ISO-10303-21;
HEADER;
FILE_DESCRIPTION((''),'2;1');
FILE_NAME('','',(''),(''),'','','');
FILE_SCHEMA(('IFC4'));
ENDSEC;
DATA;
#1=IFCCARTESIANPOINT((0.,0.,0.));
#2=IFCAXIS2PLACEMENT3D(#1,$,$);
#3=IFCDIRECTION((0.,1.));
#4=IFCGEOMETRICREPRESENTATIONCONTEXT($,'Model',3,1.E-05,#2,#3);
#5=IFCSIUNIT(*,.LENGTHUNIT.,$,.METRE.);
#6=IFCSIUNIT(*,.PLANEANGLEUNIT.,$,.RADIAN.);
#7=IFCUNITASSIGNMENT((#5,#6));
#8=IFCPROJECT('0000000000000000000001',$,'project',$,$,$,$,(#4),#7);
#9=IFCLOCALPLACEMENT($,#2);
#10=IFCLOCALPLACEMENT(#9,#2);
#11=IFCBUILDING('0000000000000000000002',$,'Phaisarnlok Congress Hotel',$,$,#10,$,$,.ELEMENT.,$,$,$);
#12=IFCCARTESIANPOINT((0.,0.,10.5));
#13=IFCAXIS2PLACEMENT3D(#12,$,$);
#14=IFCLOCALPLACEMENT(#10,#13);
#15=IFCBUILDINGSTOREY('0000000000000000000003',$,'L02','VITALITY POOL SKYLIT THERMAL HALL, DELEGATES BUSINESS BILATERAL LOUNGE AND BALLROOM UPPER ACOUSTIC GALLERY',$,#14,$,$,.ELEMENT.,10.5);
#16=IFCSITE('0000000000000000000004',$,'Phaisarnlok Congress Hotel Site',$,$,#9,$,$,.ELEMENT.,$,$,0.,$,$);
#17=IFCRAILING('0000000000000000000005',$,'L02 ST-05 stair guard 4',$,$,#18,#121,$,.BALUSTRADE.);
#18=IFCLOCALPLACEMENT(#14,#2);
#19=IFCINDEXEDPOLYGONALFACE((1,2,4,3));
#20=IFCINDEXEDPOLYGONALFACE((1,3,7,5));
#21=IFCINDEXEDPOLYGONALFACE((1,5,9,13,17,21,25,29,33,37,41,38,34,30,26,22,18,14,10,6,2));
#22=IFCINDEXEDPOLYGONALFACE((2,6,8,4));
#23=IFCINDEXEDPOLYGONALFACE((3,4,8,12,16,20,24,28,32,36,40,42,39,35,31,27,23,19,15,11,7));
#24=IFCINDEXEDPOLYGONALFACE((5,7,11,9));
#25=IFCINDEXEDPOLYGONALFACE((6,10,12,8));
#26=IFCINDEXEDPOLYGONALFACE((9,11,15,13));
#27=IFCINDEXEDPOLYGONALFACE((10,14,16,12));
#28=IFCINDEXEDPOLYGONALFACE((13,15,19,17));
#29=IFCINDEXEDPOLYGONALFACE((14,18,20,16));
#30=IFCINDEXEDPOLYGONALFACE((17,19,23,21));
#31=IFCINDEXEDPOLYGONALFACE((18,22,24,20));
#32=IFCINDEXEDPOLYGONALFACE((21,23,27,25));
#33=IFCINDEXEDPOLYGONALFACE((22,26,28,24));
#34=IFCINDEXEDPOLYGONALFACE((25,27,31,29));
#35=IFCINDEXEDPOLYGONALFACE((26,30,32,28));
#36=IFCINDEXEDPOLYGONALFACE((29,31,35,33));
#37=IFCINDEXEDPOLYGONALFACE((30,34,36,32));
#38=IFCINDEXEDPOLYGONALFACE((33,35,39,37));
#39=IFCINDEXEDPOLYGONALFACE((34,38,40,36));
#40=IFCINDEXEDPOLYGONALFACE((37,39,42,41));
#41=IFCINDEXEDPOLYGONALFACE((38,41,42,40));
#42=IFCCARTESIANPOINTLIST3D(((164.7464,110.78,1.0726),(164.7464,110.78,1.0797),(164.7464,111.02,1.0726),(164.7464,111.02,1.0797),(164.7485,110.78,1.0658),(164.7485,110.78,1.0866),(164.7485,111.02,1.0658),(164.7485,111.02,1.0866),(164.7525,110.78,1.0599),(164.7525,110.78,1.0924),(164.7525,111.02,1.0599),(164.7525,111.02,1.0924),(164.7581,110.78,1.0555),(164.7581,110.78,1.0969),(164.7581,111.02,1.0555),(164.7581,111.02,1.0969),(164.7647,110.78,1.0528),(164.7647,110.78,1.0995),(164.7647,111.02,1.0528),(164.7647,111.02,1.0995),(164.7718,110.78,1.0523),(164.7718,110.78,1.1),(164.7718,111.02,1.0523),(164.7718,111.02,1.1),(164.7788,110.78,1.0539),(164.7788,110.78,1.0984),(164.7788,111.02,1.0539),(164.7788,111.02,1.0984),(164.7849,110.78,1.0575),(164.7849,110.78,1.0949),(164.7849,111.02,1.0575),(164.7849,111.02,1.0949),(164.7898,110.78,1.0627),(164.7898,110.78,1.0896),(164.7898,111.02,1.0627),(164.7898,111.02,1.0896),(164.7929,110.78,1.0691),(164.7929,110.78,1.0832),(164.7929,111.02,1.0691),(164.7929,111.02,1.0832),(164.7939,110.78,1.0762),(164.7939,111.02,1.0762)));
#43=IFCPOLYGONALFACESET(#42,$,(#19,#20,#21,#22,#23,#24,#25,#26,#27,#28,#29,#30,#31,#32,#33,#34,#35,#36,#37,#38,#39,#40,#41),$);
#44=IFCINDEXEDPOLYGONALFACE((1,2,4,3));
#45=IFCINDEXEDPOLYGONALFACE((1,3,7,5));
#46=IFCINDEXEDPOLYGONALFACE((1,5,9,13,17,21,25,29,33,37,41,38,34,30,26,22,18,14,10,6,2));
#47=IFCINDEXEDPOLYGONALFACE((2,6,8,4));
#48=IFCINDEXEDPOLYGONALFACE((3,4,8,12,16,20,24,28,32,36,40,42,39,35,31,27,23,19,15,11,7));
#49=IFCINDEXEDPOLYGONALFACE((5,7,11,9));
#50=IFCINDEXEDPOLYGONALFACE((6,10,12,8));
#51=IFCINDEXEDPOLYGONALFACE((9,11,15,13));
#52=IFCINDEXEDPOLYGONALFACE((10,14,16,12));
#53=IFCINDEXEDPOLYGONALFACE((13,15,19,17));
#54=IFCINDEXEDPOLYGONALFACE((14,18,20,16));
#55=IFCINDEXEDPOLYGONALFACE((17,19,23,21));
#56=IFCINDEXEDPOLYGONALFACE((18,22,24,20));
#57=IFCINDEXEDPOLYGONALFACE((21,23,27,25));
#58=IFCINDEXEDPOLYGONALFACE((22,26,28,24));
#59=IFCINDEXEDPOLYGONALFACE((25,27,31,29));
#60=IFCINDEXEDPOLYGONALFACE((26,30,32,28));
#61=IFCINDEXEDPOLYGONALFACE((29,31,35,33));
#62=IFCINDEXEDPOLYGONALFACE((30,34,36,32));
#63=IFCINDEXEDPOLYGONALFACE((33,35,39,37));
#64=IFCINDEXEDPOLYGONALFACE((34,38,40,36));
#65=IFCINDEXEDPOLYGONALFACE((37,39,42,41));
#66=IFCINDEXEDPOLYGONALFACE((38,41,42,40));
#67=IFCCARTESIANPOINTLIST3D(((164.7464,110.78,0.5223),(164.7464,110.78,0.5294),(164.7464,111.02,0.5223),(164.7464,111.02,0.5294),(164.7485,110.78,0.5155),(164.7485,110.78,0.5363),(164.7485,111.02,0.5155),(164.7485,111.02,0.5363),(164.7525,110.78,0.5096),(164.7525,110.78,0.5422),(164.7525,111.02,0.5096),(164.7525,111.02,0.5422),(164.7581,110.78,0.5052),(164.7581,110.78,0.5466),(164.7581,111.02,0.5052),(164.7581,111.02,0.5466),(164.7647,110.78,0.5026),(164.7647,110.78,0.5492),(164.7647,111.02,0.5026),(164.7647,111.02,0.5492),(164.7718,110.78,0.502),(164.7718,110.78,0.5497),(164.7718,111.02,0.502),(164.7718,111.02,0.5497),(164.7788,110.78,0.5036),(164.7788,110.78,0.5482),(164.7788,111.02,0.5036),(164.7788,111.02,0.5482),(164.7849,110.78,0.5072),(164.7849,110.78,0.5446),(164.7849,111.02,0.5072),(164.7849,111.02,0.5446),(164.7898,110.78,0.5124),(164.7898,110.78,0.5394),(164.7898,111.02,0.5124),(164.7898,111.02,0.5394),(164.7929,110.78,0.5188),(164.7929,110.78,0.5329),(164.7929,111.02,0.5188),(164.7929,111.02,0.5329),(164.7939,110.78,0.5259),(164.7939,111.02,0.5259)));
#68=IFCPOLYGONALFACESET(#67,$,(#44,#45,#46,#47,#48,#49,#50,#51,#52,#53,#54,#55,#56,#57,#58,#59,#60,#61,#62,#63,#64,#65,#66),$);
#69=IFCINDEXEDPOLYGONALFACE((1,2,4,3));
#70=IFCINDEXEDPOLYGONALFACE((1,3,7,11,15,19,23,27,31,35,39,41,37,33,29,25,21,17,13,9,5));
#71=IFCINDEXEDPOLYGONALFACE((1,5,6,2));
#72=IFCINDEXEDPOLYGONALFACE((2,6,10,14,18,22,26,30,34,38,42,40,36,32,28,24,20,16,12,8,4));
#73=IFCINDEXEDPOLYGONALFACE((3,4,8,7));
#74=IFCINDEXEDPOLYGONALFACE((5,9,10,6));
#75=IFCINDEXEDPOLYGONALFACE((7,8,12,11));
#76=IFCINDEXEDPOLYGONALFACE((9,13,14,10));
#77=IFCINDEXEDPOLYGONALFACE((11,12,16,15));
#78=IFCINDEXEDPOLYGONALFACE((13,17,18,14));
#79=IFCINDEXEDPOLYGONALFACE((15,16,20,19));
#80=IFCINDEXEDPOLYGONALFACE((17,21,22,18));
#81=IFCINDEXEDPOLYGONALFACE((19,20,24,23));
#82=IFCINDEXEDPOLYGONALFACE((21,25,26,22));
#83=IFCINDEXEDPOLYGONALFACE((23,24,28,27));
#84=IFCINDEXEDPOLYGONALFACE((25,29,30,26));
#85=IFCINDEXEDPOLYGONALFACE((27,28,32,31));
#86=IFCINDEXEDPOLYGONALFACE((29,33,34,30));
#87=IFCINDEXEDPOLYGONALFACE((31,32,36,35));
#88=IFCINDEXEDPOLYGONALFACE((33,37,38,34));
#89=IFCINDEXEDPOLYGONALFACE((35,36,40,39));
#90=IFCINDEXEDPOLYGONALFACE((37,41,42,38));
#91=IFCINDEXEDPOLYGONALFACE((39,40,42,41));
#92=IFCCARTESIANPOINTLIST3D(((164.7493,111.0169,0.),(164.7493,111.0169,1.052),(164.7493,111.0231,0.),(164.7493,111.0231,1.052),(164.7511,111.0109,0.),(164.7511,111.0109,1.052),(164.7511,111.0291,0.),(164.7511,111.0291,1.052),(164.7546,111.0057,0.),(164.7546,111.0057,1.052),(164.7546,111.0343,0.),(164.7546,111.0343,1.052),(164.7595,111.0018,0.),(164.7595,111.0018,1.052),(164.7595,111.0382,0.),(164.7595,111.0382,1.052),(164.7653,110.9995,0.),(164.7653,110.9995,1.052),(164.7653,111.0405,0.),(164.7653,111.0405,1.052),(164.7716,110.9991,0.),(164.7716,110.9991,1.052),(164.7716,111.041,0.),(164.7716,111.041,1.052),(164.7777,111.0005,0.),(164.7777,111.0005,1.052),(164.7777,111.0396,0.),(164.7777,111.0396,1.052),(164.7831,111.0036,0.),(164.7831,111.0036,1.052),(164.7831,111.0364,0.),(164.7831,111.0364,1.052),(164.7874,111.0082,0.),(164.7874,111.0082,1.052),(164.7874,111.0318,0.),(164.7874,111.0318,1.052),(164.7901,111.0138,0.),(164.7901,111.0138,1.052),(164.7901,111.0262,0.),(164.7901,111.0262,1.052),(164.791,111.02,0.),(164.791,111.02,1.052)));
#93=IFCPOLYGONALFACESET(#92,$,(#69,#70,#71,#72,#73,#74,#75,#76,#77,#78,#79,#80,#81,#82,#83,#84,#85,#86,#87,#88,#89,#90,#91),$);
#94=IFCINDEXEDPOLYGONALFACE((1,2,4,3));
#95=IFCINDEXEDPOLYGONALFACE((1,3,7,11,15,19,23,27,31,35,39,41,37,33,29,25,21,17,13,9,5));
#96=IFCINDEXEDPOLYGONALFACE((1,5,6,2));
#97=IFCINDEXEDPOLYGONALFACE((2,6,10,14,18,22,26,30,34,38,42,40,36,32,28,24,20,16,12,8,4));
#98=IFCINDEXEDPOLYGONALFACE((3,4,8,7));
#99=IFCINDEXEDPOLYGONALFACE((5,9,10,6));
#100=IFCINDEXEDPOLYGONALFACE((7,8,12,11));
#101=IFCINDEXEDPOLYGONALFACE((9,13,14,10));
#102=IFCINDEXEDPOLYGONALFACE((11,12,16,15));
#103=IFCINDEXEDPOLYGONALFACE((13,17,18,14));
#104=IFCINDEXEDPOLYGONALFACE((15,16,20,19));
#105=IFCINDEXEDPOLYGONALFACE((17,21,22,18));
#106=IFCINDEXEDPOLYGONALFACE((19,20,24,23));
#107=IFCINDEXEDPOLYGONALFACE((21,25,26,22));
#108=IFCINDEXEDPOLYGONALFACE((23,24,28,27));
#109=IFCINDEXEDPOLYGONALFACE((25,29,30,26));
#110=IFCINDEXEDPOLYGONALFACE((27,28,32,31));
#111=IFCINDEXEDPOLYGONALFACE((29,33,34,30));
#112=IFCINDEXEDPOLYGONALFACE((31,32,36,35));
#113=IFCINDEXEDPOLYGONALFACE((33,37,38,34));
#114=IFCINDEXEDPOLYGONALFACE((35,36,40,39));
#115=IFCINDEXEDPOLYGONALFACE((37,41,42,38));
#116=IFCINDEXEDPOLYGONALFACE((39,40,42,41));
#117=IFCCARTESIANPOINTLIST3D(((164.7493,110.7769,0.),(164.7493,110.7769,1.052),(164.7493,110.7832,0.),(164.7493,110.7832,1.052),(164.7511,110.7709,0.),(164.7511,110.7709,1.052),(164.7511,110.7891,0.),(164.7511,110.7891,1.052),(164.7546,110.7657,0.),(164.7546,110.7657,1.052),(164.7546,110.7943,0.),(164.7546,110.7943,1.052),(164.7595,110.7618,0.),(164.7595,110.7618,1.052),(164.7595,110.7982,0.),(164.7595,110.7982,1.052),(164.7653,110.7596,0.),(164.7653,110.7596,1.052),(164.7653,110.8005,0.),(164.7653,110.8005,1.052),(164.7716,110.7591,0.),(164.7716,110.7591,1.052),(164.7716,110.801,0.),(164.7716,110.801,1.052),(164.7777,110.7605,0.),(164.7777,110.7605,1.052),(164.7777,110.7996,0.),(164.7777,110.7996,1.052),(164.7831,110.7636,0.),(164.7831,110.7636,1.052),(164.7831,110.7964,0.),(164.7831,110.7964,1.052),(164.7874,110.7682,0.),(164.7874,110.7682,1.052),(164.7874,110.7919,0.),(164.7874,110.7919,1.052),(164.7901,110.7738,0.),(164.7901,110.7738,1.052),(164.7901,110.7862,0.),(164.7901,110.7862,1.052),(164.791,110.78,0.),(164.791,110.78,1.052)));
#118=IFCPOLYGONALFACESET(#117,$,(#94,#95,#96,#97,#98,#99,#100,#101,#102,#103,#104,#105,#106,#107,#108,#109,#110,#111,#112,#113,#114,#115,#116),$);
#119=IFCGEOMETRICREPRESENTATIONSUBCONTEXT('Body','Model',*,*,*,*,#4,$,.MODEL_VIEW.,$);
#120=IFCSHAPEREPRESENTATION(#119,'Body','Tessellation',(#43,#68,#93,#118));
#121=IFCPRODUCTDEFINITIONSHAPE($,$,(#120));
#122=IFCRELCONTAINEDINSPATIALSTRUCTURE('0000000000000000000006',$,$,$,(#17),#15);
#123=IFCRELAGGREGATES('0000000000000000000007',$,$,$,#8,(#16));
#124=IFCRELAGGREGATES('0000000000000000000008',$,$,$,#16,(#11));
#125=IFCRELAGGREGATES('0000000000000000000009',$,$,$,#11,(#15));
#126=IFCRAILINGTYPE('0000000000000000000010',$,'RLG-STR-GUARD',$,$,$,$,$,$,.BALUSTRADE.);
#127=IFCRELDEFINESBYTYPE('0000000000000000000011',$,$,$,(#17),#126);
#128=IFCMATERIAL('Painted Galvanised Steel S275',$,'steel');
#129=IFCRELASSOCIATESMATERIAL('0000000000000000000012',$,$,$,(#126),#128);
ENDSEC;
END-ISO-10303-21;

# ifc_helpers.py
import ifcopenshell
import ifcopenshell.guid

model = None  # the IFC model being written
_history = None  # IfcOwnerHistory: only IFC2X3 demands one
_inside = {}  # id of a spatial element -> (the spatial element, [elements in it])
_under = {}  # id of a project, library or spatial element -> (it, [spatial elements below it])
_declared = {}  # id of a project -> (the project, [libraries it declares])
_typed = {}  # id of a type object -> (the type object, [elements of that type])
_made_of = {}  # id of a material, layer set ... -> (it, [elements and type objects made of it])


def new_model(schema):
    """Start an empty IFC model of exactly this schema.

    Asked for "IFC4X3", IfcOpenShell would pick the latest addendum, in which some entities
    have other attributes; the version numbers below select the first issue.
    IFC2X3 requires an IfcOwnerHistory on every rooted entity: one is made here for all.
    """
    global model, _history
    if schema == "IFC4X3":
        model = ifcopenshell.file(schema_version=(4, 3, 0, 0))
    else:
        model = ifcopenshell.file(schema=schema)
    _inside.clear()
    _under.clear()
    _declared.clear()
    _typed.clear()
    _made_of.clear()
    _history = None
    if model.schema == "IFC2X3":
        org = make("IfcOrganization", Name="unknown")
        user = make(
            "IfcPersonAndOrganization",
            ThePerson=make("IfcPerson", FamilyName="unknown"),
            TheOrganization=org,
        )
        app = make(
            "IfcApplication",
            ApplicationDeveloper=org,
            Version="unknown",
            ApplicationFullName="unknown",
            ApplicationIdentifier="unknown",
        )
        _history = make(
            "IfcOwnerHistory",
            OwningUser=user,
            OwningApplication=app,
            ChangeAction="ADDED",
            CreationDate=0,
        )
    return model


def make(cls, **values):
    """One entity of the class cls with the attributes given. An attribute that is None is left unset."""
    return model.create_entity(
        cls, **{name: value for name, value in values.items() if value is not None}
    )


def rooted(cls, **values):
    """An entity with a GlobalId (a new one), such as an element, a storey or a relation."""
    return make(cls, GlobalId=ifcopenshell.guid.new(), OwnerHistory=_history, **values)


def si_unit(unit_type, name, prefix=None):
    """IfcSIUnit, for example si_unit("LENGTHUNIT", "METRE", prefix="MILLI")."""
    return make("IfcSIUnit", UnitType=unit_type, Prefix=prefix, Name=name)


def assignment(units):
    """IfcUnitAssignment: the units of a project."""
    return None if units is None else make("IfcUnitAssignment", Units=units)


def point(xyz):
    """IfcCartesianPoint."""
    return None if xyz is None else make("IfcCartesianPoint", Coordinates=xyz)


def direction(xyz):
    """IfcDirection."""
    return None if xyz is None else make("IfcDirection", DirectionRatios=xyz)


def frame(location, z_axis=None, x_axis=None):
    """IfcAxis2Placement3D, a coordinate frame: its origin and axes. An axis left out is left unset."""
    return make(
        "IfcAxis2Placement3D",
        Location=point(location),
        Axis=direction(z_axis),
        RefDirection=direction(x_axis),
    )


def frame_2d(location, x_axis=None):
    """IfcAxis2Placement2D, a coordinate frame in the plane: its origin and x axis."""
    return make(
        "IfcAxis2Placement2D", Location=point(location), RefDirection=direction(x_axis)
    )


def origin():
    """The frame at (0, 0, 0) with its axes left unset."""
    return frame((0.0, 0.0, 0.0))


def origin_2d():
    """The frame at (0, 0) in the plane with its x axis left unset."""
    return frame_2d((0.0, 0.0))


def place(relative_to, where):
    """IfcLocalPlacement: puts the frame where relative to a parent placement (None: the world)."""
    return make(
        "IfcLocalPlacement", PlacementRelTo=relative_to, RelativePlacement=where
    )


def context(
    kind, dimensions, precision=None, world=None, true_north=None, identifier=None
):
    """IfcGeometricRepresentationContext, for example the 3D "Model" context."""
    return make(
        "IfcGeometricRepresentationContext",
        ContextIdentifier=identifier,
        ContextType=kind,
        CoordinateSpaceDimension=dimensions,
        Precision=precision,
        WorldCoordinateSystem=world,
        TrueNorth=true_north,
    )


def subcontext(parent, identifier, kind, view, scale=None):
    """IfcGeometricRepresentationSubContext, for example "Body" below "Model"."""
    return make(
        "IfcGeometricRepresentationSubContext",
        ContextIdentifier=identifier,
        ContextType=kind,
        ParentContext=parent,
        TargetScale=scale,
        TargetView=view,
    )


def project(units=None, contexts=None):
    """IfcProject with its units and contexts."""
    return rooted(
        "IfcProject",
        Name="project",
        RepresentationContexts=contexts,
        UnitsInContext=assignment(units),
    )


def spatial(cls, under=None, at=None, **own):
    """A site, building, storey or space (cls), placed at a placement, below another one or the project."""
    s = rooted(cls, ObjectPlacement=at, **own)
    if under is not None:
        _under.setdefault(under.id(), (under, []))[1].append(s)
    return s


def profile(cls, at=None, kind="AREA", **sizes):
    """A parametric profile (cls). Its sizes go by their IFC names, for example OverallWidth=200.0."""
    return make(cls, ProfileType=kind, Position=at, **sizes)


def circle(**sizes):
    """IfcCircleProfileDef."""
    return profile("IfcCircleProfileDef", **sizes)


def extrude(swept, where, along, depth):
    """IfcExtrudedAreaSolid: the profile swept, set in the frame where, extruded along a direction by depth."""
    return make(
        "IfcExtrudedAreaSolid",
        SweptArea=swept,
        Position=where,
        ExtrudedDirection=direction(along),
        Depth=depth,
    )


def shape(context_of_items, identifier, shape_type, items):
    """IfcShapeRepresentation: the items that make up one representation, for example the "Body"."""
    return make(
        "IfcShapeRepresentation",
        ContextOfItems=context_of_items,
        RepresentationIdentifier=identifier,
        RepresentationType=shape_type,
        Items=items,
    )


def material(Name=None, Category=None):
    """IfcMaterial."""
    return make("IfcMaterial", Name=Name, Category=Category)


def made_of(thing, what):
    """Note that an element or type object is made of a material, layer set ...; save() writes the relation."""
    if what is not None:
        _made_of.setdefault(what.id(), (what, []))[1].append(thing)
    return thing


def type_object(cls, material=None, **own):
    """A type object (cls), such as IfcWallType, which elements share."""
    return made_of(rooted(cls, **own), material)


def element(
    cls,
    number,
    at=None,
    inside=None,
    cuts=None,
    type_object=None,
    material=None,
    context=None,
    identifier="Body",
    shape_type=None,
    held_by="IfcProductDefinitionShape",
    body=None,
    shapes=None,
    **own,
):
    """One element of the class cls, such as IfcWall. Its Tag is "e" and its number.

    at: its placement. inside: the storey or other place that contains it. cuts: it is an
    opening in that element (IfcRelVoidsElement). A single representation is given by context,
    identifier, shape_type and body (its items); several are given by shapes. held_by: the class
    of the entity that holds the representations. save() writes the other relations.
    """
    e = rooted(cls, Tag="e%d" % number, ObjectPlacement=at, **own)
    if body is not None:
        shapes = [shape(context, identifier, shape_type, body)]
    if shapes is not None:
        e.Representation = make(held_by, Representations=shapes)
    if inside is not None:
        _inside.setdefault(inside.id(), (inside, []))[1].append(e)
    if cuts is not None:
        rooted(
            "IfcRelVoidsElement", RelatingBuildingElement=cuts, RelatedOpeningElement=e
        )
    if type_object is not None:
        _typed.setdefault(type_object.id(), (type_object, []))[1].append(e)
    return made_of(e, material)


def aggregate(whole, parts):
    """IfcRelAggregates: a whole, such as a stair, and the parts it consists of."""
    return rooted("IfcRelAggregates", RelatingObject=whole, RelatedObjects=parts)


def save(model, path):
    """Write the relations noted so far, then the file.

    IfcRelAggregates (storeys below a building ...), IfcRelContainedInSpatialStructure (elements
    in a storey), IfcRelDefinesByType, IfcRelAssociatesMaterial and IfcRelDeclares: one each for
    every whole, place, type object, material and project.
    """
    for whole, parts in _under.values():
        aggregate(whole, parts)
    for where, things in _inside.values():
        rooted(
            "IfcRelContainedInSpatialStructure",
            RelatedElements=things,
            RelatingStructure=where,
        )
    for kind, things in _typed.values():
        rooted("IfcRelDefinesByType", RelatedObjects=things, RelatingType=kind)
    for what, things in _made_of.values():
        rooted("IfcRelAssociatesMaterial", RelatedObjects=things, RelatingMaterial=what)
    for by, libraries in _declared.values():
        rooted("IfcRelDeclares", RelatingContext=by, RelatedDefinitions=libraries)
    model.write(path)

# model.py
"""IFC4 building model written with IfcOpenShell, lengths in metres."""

from ifc_helpers import new_model, si_unit, direction, frame, origin, origin_2d, place, context, subcontext, project, spatial, circle, extrude, material, type_object, element, save


model = new_model("IFC4")

# Units and contexts
model_context = context("Model", 3, precision=1e-05, world=origin(), true_north=direction((0.0, 1.0)))
body_context = subcontext(model_context, "Body", "Model", "MODEL_VIEW")
ifc_project = project(units=[si_unit("LENGTHUNIT", "METRE"), si_unit("PLANEANGLEUNIT", "RADIAN")], contexts=[model_context])

# Site, building, storey
site_placement = place(None, origin())
site = spatial("IfcSite", under=ifc_project, at=site_placement, Name="Phaisarnlok Congress Hotel Site", CompositionType="ELEMENT", RefElevation=0.0)
building_placement = place(site_placement, origin())
building = spatial("IfcBuilding", under=site, at=building_placement, Name="Phaisarnlok Congress Hotel", CompositionType="ELEMENT")
storey_placement = place(building_placement, frame((0.0, 0.0, 10.5)))
storey = spatial("IfcBuildingStorey", under=building, at=storey_placement, Name="L02", Description="VITALITY POOL SKYLIT THERMAL HALL, DELEGATES BUSINESS BILATERAL LOUNGE AND BALLROOM UPPER ACOUSTIC GALLERY", CompositionType="ELEMENT", Elevation=10.5)

# Railing
ifc_material_1 = material(Name="Painted Galvanised Steel S275", Category="steel")
railing_type_1 = type_object("IfcRailingType", Name="RLG-STR-GUARD", PredefinedType="BALUSTRADE", material=ifc_material_1)
railing_1_placement = place(storey_placement, frame((164.77, 111.02, 0.0)))
element("IfcRailing", 1, at=railing_1_placement, inside=storey, type_object=railing_type_1, Name="L02 ST-05 stair guard 4", PredefinedType="BALUSTRADE", context=body_context, shape_type="SweptSolid", body=[
    extrude(circle(Radius=0.0239, at=origin_2d()), frame((0.0, 0.0, 1.0762), z_axis=(0.0, -1.0, 0.0), x_axis=(1.0, 0.0, 0.0)), (0.0, 0.0, 1.0), 0.24),
    extrude(circle(Radius=0.0239, at=origin_2d()), frame((0.0, 0.0, 0.5259), z_axis=(0.0, -1.0, 0.0), x_axis=(1.0, 0.0, 0.0)), (0.0, 0.0, 1.0), 0.24),
    extrude(circle(Radius=0.021, at=origin_2d()), origin(), (0.0, 0.0, 1.0), 1.052),
    extrude(circle(Radius=0.021, at=origin_2d()), frame((0.0, -0.24, 0.0)), (0.0, 0.0, 1.0), 1.052),
])

save(model, "model.ifc")
